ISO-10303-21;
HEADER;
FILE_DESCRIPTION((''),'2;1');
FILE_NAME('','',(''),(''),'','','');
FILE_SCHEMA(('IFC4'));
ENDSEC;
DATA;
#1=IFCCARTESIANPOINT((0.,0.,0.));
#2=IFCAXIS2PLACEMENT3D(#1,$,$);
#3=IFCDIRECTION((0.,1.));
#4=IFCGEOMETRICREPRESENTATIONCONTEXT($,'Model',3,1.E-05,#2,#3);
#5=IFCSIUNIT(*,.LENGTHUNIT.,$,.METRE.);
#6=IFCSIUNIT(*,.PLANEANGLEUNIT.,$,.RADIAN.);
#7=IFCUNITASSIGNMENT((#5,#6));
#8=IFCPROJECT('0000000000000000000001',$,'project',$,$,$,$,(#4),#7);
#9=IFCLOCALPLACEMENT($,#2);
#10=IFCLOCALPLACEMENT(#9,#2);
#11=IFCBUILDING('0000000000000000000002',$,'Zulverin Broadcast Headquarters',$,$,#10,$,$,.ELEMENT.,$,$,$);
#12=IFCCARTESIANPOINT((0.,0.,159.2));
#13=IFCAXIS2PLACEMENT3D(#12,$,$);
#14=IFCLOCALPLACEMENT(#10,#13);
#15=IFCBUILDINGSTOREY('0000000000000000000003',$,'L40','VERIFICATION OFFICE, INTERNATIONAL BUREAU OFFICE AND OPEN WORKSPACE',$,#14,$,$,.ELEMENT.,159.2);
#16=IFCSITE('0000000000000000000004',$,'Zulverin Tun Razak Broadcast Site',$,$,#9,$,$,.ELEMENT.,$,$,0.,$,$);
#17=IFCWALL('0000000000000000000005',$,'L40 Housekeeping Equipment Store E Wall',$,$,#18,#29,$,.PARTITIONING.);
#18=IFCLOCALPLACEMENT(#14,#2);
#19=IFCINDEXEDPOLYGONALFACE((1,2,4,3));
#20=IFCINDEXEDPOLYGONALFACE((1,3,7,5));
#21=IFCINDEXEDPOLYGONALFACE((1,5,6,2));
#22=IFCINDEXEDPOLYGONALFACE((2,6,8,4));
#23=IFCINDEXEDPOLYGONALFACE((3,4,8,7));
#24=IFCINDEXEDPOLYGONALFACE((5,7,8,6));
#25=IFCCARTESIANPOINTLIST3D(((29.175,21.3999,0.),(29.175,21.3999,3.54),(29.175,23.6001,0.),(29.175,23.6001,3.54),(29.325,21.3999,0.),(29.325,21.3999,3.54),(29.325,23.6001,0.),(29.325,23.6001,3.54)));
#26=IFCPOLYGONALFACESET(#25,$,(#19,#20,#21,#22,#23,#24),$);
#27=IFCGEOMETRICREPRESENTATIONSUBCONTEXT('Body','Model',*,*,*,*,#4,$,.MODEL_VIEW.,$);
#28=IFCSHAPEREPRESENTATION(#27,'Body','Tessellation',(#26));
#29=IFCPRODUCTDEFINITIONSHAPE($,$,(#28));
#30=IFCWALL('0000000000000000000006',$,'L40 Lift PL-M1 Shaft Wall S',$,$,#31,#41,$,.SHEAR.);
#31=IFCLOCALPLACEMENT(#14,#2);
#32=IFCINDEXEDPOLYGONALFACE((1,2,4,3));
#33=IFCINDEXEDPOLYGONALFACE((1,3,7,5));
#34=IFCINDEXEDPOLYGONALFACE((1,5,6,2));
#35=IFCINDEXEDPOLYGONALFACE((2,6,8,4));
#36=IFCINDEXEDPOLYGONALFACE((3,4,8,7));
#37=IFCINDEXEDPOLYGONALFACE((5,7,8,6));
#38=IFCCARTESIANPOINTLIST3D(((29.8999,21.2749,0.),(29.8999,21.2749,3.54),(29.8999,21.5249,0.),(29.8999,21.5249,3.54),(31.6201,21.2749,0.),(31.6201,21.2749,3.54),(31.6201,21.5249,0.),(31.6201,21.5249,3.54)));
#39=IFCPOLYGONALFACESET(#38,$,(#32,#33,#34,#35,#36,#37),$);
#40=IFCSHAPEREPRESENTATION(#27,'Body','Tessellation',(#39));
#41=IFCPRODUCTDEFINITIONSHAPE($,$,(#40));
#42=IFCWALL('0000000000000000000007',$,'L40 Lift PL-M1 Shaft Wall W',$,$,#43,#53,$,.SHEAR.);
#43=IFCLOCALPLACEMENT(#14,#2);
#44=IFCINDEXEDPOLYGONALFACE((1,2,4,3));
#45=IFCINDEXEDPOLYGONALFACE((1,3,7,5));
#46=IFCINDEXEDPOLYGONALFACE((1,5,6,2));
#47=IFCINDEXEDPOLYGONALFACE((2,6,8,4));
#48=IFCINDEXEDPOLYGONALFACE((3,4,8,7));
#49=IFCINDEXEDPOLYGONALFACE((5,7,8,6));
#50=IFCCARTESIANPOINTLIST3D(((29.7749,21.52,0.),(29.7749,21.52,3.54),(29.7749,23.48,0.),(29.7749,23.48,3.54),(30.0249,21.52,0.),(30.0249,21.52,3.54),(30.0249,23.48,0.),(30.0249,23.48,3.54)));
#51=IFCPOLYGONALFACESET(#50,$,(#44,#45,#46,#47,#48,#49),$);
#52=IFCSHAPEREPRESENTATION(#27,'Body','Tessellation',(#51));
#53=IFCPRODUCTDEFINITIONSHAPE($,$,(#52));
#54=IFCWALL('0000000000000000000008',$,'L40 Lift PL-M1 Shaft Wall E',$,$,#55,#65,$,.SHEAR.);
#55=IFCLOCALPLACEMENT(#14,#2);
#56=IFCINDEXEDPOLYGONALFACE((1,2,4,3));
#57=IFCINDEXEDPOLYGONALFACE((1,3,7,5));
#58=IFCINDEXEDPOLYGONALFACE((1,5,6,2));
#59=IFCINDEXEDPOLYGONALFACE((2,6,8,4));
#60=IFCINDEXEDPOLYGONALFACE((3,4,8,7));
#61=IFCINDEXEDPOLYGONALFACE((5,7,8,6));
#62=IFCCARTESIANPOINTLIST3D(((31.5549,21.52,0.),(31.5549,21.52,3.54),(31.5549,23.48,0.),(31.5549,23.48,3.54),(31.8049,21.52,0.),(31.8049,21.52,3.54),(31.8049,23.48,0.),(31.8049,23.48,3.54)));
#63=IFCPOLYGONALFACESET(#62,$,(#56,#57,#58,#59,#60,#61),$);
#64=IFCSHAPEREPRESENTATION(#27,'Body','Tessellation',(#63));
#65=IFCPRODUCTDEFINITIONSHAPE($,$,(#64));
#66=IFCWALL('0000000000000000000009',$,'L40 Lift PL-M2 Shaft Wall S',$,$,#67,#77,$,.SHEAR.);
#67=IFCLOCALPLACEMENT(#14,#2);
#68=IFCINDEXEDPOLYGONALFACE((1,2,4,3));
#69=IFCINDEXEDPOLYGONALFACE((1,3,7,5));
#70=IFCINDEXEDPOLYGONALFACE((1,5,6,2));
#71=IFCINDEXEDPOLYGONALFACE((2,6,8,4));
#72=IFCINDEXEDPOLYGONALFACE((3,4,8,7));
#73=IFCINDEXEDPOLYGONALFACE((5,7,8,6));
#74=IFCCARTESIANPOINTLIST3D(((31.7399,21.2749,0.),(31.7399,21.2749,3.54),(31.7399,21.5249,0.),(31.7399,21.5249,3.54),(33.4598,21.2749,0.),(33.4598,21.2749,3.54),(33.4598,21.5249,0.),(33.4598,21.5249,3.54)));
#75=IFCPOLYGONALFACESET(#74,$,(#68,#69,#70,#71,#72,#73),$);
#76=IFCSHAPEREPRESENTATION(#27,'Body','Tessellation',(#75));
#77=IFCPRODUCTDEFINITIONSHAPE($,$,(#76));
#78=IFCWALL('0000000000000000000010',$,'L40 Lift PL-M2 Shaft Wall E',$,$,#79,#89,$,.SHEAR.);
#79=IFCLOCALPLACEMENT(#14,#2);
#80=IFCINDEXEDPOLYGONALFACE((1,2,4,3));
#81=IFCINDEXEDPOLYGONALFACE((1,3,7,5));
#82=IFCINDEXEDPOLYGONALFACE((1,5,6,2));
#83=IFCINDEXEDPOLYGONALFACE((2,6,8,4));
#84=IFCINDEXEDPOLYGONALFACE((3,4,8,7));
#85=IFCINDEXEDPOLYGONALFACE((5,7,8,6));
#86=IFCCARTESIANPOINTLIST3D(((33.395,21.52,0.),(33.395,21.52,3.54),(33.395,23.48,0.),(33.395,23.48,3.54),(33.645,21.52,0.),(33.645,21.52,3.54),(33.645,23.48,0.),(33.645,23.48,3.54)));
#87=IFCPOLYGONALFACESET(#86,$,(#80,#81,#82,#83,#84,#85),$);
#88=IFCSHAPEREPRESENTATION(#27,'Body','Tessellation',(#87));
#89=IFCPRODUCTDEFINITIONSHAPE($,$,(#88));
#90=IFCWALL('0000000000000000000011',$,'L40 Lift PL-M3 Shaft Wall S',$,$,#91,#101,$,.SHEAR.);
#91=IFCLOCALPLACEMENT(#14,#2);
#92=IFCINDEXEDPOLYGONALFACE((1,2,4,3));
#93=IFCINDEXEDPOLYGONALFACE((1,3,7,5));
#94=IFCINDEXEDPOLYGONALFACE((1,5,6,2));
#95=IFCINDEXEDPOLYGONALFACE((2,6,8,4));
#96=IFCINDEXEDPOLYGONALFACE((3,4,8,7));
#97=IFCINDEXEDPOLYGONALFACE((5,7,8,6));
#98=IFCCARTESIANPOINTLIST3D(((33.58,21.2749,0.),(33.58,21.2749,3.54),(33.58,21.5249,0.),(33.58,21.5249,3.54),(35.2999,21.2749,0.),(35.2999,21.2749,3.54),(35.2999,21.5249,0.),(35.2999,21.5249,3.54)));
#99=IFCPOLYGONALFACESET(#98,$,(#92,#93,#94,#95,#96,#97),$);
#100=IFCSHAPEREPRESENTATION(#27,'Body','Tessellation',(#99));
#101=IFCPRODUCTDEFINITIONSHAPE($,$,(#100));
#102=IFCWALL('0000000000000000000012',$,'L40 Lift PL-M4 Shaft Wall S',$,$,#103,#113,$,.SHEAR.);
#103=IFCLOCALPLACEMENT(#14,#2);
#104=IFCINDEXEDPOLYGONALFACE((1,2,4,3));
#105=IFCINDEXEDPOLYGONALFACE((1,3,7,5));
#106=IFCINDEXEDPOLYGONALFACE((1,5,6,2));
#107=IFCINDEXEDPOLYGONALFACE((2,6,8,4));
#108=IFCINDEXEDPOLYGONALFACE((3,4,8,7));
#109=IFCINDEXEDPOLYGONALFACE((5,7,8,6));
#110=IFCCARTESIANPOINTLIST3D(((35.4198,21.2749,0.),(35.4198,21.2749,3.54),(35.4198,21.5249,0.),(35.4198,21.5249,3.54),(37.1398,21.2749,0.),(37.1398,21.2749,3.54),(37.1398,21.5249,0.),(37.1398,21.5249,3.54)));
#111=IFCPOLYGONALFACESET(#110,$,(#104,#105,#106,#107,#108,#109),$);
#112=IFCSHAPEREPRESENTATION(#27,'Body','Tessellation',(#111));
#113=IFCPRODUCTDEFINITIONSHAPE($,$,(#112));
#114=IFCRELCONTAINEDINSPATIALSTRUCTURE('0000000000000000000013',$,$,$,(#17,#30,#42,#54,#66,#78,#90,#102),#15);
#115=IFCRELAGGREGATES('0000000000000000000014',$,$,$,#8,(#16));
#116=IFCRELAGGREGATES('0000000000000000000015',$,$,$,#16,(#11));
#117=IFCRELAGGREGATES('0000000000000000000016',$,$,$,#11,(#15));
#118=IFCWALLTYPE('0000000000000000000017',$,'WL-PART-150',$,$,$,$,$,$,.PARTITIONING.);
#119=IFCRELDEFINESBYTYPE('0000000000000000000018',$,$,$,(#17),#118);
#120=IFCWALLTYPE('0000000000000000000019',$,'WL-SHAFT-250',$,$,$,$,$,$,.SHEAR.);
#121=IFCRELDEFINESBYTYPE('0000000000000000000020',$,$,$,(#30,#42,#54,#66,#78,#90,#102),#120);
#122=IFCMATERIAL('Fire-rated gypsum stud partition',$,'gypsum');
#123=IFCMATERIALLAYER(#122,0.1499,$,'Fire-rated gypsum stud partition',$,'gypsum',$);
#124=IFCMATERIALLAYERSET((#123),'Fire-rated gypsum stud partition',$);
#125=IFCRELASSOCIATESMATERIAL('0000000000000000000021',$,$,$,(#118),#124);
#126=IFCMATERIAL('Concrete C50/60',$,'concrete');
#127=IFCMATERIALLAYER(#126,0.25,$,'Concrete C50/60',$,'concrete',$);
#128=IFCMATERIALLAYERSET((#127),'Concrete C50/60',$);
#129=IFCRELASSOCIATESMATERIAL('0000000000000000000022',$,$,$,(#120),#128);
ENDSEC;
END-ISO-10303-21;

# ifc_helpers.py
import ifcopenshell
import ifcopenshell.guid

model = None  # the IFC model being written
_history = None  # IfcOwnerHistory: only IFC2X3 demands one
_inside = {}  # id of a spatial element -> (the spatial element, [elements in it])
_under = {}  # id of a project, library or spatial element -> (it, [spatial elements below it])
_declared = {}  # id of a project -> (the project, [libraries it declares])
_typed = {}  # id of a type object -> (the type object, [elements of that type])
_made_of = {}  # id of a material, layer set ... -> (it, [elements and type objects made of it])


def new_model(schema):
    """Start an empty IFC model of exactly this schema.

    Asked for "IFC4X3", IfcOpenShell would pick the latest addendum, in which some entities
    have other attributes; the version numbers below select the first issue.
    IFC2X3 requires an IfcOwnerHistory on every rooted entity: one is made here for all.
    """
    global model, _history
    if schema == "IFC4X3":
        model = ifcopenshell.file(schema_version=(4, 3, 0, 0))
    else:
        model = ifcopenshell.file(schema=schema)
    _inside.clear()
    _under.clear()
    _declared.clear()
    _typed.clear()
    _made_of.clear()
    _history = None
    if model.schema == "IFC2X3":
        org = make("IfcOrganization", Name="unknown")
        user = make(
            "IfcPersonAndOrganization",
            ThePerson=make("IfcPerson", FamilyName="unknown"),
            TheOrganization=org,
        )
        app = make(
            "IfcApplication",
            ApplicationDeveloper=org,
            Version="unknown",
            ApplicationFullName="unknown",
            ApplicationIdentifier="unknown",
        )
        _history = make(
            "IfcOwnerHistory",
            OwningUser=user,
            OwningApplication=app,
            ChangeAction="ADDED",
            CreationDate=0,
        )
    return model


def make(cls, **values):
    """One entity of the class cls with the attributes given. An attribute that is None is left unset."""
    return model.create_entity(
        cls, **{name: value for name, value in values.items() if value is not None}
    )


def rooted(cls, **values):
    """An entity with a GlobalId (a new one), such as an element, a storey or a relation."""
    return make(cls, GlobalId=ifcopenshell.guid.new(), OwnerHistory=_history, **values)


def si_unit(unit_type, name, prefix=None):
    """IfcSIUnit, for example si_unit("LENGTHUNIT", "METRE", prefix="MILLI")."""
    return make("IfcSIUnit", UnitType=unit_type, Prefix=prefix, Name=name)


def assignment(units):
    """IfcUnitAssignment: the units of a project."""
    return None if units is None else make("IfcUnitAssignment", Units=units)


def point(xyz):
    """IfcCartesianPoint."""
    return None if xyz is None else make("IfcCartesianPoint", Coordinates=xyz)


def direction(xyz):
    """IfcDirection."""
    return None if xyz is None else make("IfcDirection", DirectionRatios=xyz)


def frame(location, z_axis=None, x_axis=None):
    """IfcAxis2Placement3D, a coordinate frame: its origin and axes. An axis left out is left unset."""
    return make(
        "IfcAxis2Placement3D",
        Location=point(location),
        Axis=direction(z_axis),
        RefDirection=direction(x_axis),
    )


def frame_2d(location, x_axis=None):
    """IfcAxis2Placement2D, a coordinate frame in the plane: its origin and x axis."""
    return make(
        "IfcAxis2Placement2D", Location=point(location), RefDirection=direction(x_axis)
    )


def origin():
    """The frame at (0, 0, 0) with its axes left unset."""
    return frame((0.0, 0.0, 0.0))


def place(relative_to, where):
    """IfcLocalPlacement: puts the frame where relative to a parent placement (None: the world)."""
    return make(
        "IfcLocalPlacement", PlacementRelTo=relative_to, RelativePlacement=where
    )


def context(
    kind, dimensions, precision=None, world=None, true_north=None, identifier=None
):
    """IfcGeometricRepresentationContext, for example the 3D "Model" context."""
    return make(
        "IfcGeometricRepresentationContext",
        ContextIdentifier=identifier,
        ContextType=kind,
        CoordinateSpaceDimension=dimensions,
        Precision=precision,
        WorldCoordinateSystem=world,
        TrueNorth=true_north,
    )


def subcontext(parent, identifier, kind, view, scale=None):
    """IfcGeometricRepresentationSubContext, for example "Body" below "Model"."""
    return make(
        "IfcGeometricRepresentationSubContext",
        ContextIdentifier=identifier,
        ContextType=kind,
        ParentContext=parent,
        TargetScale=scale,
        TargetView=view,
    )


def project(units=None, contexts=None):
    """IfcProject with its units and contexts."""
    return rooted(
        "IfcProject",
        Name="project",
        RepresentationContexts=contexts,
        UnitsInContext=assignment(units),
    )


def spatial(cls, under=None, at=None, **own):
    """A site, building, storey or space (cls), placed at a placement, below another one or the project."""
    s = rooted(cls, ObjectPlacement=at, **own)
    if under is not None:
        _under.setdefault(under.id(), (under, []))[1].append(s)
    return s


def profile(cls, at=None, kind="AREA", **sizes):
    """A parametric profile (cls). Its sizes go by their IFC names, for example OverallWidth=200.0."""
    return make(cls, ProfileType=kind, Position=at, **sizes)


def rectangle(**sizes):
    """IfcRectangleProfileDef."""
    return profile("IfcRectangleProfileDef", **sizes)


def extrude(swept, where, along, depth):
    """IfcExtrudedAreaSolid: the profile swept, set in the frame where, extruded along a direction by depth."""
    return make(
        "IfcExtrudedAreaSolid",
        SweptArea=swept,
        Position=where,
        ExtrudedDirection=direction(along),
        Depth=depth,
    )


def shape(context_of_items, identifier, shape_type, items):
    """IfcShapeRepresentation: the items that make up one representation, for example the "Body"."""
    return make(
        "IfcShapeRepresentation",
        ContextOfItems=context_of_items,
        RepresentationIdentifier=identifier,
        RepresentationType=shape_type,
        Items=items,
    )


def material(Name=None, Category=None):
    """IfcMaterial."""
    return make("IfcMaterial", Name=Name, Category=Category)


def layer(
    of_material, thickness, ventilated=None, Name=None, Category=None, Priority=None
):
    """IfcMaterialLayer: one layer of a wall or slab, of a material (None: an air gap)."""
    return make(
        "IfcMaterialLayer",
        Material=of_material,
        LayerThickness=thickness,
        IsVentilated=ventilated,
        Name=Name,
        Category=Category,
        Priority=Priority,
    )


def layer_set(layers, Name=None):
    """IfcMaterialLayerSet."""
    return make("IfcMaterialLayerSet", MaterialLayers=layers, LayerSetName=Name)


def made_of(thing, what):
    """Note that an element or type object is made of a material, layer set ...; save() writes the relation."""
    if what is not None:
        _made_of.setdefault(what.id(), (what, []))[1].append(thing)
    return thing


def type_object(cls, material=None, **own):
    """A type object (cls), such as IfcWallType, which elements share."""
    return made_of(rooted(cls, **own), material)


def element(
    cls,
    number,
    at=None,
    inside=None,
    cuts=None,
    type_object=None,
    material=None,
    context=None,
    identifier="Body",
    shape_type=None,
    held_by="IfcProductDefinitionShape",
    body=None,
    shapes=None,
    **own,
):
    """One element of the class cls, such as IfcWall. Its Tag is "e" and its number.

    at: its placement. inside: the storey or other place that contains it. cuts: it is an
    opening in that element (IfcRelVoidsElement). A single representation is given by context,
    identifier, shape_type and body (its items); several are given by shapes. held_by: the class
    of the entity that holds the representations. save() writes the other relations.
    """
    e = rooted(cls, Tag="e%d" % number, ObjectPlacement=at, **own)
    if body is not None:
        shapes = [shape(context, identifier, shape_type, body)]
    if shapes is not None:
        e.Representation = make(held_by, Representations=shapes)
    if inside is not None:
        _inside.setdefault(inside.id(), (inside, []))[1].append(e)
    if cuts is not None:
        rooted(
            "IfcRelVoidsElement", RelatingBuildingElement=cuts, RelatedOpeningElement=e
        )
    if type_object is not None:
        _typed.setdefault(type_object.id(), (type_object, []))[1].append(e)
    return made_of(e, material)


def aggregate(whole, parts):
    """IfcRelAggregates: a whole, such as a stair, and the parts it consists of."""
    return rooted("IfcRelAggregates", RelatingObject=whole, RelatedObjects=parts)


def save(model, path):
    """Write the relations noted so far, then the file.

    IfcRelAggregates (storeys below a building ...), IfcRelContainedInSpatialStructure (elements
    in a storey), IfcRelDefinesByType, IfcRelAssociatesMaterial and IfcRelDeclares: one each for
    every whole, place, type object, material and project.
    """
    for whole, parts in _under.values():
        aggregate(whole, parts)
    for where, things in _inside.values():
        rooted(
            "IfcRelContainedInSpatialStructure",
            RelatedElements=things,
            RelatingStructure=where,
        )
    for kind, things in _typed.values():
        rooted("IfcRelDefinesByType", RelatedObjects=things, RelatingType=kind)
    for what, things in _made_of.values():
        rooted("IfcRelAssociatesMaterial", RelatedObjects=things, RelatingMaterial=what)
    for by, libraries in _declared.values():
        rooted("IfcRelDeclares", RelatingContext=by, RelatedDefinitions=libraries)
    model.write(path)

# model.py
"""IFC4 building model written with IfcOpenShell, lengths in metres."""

from ifc_helpers import new_model, si_unit, direction, frame, frame_2d, origin, place, context, subcontext, project, spatial, rectangle, extrude, material, layer, layer_set, type_object, element, save


model = new_model("IFC4")

# Units and contexts
model_context = context("Model", 3, precision=1e-05, world=origin(), true_north=direction((0.0, 1.0)))
body_context = subcontext(model_context, "Body", "Model", "MODEL_VIEW")
ifc_project = project(units=[si_unit("LENGTHUNIT", "METRE"), si_unit("PLANEANGLEUNIT", "RADIAN")], contexts=[model_context])

# Site, building, storey
site_placement = place(None, origin())
site = spatial("IfcSite", under=ifc_project, at=site_placement, Name="Zulverin Tun Razak Broadcast Site", CompositionType="ELEMENT", RefElevation=0.0)
building_placement = place(site_placement, origin())
building = spatial("IfcBuilding", under=site, at=building_placement, Name="Zulverin Broadcast Headquarters", CompositionType="ELEMENT")
storey_placement = place(building_placement, frame((0.0, 0.0, 159.2)))
storey = spatial("IfcBuildingStorey", under=building, at=storey_placement, Name="L40", Description="VERIFICATION OFFICE, INTERNATIONAL BUREAU OFFICE AND OPEN WORKSPACE", CompositionType="ELEMENT", Elevation=159.2)

# Shared definitions
ifc_material_1 = material(Name="Concrete C50/60", Category="concrete")

# Shared definitions
ifc_material_2 = material(Name="Fire-rated gypsum stud partition", Category="gypsum")
ifc_layer_1 = layer(ifc_material_2, 0.1499, Name="Fire-rated gypsum stud partition", Category="gypsum")
ifc_layer_set_1 = layer_set([ifc_layer_1], Name="Fire-rated gypsum stud partition")
wall_type_1 = type_object("IfcWallType", Name="WL-PART-150", PredefinedType="PARTITIONING", material=ifc_layer_set_1)

# Walls
wall_1_placement = place(storey_placement, frame((29.25, 21.3999, 0.0), z_axis=(0.0, 0.0, 1.0), x_axis=(0.0, 1.0, 0.0)))
element("IfcWall", 1, at=wall_1_placement, inside=storey, type_object=wall_type_1, Name="L40 Housekeeping Equipment Store E Wall", PredefinedType="PARTITIONING", context=body_context, shape_type="SweptSolid", body=[
    extrude(rectangle(XDim=2.2002, YDim=0.1499, at=frame_2d((1.1001, 0.0))), origin(), (0.0, 0.0, 1.0), 3.54),
])
ifc_layer_2 = layer(ifc_material_1, 0.25, Name="Concrete C50/60", Category="concrete")
ifc_layer_set_2 = layer_set([ifc_layer_2], Name="Concrete C50/60")
wall_type_2 = type_object("IfcWallType", Name="WL-SHAFT-250", PredefinedType="SHEAR", material=ifc_layer_set_2)
wall_2_placement = place(storey_placement, frame((29.8999, 21.3999, 0.0), z_axis=(0.0, 0.0, 1.0), x_axis=(1.0, 0.0, 0.0)))
element("IfcWall", 2, at=wall_2_placement, inside=storey, type_object=wall_type_2, Name="L40 Lift PL-M1 Shaft Wall S", PredefinedType="SHEAR", context=body_context, shape_type="SweptSolid", body=[
    extrude(rectangle(XDim=1.7202, YDim=0.25, at=frame_2d((0.8601, 0.0))), origin(), (0.0, 0.0, 1.0), 3.54),
])
for number, where, z_axis, x_axis, name in (
    (3, (29.8999, 21.52, 0.0), (0.0, 0.0, 1.0), (0.0, 1.0, 0.0), "L40 Lift PL-M1 Shaft Wall W"),
    (4, (31.6799, 21.52, 0.0), (0.0, 0.0, 1.0), (0.0, 1.0, 0.0), "L40 Lift PL-M1 Shaft Wall E"),
):
    element("IfcWall", number, at=place(storey_placement, frame(where, z_axis=z_axis, x_axis=x_axis)), inside=storey, type_object=wall_type_2, Name=name, PredefinedType="SHEAR", context=body_context, shape_type="SweptSolid", body=[
        extrude(rectangle(XDim=1.96, YDim=0.25, at=frame_2d((0.98, 0.0))), origin(), (0.0, 0.0, 1.0), 3.54),
    ])
wall_3_placement = place(storey_placement, frame((31.74, 21.3999, 0.0), z_axis=(0.0, 0.0, 1.0), x_axis=(1.0, 0.0, 0.0)))
element("IfcWall", 5, at=wall_3_placement, inside=storey, type_object=wall_type_2, Name="L40 Lift PL-M2 Shaft Wall S", PredefinedType="SHEAR", context=body_context, shape_type="SweptSolid", body=[
    extrude(rectangle(XDim=1.72, YDim=0.25, at=frame_2d((0.8599, 0.0))), origin(), (0.0, 0.0, 1.0), 3.54),
])
wall_4_placement = place(storey_placement, frame((33.52, 21.52, 0.0), z_axis=(0.0, 0.0, 1.0), x_axis=(0.0, 1.0, 0.0)))
element("IfcWall", 6, at=wall_4_placement, inside=storey, type_object=wall_type_2, Name="L40 Lift PL-M2 Shaft Wall E", PredefinedType="SHEAR", context=body_context, shape_type="SweptSolid", body=[
    extrude(rectangle(XDim=1.96, YDim=0.25, at=frame_2d((0.98, 0.0))), origin(), (0.0, 0.0, 1.0), 3.54),
])
for number, where, z_axis, x_axis, name in (
    (7, (33.5801, 21.3999, 0.0), (0.0, 0.0, 1.0), (1.0, 0.0, 0.0), "L40 Lift PL-M3 Shaft Wall S"),
    (8, (35.4199, 21.3999, 0.0), (0.0, 0.0, 1.0), (1.0, 0.0, 0.0), "L40 Lift PL-M4 Shaft Wall S"),
):
    element("IfcWall", number, at=place(storey_placement, frame(where, z_axis=z_axis, x_axis=x_axis)), inside=storey, type_object=wall_type_2, Name=name, PredefinedType="SHEAR", context=body_context, shape_type="SweptSolid", body=[
        extrude(rectangle(XDim=1.72, YDim=0.25, at=frame_2d((0.8599, 0.0))), origin(), (0.0, 0.0, 1.0), 3.54),
    ])

save(model, "model.ifc")
